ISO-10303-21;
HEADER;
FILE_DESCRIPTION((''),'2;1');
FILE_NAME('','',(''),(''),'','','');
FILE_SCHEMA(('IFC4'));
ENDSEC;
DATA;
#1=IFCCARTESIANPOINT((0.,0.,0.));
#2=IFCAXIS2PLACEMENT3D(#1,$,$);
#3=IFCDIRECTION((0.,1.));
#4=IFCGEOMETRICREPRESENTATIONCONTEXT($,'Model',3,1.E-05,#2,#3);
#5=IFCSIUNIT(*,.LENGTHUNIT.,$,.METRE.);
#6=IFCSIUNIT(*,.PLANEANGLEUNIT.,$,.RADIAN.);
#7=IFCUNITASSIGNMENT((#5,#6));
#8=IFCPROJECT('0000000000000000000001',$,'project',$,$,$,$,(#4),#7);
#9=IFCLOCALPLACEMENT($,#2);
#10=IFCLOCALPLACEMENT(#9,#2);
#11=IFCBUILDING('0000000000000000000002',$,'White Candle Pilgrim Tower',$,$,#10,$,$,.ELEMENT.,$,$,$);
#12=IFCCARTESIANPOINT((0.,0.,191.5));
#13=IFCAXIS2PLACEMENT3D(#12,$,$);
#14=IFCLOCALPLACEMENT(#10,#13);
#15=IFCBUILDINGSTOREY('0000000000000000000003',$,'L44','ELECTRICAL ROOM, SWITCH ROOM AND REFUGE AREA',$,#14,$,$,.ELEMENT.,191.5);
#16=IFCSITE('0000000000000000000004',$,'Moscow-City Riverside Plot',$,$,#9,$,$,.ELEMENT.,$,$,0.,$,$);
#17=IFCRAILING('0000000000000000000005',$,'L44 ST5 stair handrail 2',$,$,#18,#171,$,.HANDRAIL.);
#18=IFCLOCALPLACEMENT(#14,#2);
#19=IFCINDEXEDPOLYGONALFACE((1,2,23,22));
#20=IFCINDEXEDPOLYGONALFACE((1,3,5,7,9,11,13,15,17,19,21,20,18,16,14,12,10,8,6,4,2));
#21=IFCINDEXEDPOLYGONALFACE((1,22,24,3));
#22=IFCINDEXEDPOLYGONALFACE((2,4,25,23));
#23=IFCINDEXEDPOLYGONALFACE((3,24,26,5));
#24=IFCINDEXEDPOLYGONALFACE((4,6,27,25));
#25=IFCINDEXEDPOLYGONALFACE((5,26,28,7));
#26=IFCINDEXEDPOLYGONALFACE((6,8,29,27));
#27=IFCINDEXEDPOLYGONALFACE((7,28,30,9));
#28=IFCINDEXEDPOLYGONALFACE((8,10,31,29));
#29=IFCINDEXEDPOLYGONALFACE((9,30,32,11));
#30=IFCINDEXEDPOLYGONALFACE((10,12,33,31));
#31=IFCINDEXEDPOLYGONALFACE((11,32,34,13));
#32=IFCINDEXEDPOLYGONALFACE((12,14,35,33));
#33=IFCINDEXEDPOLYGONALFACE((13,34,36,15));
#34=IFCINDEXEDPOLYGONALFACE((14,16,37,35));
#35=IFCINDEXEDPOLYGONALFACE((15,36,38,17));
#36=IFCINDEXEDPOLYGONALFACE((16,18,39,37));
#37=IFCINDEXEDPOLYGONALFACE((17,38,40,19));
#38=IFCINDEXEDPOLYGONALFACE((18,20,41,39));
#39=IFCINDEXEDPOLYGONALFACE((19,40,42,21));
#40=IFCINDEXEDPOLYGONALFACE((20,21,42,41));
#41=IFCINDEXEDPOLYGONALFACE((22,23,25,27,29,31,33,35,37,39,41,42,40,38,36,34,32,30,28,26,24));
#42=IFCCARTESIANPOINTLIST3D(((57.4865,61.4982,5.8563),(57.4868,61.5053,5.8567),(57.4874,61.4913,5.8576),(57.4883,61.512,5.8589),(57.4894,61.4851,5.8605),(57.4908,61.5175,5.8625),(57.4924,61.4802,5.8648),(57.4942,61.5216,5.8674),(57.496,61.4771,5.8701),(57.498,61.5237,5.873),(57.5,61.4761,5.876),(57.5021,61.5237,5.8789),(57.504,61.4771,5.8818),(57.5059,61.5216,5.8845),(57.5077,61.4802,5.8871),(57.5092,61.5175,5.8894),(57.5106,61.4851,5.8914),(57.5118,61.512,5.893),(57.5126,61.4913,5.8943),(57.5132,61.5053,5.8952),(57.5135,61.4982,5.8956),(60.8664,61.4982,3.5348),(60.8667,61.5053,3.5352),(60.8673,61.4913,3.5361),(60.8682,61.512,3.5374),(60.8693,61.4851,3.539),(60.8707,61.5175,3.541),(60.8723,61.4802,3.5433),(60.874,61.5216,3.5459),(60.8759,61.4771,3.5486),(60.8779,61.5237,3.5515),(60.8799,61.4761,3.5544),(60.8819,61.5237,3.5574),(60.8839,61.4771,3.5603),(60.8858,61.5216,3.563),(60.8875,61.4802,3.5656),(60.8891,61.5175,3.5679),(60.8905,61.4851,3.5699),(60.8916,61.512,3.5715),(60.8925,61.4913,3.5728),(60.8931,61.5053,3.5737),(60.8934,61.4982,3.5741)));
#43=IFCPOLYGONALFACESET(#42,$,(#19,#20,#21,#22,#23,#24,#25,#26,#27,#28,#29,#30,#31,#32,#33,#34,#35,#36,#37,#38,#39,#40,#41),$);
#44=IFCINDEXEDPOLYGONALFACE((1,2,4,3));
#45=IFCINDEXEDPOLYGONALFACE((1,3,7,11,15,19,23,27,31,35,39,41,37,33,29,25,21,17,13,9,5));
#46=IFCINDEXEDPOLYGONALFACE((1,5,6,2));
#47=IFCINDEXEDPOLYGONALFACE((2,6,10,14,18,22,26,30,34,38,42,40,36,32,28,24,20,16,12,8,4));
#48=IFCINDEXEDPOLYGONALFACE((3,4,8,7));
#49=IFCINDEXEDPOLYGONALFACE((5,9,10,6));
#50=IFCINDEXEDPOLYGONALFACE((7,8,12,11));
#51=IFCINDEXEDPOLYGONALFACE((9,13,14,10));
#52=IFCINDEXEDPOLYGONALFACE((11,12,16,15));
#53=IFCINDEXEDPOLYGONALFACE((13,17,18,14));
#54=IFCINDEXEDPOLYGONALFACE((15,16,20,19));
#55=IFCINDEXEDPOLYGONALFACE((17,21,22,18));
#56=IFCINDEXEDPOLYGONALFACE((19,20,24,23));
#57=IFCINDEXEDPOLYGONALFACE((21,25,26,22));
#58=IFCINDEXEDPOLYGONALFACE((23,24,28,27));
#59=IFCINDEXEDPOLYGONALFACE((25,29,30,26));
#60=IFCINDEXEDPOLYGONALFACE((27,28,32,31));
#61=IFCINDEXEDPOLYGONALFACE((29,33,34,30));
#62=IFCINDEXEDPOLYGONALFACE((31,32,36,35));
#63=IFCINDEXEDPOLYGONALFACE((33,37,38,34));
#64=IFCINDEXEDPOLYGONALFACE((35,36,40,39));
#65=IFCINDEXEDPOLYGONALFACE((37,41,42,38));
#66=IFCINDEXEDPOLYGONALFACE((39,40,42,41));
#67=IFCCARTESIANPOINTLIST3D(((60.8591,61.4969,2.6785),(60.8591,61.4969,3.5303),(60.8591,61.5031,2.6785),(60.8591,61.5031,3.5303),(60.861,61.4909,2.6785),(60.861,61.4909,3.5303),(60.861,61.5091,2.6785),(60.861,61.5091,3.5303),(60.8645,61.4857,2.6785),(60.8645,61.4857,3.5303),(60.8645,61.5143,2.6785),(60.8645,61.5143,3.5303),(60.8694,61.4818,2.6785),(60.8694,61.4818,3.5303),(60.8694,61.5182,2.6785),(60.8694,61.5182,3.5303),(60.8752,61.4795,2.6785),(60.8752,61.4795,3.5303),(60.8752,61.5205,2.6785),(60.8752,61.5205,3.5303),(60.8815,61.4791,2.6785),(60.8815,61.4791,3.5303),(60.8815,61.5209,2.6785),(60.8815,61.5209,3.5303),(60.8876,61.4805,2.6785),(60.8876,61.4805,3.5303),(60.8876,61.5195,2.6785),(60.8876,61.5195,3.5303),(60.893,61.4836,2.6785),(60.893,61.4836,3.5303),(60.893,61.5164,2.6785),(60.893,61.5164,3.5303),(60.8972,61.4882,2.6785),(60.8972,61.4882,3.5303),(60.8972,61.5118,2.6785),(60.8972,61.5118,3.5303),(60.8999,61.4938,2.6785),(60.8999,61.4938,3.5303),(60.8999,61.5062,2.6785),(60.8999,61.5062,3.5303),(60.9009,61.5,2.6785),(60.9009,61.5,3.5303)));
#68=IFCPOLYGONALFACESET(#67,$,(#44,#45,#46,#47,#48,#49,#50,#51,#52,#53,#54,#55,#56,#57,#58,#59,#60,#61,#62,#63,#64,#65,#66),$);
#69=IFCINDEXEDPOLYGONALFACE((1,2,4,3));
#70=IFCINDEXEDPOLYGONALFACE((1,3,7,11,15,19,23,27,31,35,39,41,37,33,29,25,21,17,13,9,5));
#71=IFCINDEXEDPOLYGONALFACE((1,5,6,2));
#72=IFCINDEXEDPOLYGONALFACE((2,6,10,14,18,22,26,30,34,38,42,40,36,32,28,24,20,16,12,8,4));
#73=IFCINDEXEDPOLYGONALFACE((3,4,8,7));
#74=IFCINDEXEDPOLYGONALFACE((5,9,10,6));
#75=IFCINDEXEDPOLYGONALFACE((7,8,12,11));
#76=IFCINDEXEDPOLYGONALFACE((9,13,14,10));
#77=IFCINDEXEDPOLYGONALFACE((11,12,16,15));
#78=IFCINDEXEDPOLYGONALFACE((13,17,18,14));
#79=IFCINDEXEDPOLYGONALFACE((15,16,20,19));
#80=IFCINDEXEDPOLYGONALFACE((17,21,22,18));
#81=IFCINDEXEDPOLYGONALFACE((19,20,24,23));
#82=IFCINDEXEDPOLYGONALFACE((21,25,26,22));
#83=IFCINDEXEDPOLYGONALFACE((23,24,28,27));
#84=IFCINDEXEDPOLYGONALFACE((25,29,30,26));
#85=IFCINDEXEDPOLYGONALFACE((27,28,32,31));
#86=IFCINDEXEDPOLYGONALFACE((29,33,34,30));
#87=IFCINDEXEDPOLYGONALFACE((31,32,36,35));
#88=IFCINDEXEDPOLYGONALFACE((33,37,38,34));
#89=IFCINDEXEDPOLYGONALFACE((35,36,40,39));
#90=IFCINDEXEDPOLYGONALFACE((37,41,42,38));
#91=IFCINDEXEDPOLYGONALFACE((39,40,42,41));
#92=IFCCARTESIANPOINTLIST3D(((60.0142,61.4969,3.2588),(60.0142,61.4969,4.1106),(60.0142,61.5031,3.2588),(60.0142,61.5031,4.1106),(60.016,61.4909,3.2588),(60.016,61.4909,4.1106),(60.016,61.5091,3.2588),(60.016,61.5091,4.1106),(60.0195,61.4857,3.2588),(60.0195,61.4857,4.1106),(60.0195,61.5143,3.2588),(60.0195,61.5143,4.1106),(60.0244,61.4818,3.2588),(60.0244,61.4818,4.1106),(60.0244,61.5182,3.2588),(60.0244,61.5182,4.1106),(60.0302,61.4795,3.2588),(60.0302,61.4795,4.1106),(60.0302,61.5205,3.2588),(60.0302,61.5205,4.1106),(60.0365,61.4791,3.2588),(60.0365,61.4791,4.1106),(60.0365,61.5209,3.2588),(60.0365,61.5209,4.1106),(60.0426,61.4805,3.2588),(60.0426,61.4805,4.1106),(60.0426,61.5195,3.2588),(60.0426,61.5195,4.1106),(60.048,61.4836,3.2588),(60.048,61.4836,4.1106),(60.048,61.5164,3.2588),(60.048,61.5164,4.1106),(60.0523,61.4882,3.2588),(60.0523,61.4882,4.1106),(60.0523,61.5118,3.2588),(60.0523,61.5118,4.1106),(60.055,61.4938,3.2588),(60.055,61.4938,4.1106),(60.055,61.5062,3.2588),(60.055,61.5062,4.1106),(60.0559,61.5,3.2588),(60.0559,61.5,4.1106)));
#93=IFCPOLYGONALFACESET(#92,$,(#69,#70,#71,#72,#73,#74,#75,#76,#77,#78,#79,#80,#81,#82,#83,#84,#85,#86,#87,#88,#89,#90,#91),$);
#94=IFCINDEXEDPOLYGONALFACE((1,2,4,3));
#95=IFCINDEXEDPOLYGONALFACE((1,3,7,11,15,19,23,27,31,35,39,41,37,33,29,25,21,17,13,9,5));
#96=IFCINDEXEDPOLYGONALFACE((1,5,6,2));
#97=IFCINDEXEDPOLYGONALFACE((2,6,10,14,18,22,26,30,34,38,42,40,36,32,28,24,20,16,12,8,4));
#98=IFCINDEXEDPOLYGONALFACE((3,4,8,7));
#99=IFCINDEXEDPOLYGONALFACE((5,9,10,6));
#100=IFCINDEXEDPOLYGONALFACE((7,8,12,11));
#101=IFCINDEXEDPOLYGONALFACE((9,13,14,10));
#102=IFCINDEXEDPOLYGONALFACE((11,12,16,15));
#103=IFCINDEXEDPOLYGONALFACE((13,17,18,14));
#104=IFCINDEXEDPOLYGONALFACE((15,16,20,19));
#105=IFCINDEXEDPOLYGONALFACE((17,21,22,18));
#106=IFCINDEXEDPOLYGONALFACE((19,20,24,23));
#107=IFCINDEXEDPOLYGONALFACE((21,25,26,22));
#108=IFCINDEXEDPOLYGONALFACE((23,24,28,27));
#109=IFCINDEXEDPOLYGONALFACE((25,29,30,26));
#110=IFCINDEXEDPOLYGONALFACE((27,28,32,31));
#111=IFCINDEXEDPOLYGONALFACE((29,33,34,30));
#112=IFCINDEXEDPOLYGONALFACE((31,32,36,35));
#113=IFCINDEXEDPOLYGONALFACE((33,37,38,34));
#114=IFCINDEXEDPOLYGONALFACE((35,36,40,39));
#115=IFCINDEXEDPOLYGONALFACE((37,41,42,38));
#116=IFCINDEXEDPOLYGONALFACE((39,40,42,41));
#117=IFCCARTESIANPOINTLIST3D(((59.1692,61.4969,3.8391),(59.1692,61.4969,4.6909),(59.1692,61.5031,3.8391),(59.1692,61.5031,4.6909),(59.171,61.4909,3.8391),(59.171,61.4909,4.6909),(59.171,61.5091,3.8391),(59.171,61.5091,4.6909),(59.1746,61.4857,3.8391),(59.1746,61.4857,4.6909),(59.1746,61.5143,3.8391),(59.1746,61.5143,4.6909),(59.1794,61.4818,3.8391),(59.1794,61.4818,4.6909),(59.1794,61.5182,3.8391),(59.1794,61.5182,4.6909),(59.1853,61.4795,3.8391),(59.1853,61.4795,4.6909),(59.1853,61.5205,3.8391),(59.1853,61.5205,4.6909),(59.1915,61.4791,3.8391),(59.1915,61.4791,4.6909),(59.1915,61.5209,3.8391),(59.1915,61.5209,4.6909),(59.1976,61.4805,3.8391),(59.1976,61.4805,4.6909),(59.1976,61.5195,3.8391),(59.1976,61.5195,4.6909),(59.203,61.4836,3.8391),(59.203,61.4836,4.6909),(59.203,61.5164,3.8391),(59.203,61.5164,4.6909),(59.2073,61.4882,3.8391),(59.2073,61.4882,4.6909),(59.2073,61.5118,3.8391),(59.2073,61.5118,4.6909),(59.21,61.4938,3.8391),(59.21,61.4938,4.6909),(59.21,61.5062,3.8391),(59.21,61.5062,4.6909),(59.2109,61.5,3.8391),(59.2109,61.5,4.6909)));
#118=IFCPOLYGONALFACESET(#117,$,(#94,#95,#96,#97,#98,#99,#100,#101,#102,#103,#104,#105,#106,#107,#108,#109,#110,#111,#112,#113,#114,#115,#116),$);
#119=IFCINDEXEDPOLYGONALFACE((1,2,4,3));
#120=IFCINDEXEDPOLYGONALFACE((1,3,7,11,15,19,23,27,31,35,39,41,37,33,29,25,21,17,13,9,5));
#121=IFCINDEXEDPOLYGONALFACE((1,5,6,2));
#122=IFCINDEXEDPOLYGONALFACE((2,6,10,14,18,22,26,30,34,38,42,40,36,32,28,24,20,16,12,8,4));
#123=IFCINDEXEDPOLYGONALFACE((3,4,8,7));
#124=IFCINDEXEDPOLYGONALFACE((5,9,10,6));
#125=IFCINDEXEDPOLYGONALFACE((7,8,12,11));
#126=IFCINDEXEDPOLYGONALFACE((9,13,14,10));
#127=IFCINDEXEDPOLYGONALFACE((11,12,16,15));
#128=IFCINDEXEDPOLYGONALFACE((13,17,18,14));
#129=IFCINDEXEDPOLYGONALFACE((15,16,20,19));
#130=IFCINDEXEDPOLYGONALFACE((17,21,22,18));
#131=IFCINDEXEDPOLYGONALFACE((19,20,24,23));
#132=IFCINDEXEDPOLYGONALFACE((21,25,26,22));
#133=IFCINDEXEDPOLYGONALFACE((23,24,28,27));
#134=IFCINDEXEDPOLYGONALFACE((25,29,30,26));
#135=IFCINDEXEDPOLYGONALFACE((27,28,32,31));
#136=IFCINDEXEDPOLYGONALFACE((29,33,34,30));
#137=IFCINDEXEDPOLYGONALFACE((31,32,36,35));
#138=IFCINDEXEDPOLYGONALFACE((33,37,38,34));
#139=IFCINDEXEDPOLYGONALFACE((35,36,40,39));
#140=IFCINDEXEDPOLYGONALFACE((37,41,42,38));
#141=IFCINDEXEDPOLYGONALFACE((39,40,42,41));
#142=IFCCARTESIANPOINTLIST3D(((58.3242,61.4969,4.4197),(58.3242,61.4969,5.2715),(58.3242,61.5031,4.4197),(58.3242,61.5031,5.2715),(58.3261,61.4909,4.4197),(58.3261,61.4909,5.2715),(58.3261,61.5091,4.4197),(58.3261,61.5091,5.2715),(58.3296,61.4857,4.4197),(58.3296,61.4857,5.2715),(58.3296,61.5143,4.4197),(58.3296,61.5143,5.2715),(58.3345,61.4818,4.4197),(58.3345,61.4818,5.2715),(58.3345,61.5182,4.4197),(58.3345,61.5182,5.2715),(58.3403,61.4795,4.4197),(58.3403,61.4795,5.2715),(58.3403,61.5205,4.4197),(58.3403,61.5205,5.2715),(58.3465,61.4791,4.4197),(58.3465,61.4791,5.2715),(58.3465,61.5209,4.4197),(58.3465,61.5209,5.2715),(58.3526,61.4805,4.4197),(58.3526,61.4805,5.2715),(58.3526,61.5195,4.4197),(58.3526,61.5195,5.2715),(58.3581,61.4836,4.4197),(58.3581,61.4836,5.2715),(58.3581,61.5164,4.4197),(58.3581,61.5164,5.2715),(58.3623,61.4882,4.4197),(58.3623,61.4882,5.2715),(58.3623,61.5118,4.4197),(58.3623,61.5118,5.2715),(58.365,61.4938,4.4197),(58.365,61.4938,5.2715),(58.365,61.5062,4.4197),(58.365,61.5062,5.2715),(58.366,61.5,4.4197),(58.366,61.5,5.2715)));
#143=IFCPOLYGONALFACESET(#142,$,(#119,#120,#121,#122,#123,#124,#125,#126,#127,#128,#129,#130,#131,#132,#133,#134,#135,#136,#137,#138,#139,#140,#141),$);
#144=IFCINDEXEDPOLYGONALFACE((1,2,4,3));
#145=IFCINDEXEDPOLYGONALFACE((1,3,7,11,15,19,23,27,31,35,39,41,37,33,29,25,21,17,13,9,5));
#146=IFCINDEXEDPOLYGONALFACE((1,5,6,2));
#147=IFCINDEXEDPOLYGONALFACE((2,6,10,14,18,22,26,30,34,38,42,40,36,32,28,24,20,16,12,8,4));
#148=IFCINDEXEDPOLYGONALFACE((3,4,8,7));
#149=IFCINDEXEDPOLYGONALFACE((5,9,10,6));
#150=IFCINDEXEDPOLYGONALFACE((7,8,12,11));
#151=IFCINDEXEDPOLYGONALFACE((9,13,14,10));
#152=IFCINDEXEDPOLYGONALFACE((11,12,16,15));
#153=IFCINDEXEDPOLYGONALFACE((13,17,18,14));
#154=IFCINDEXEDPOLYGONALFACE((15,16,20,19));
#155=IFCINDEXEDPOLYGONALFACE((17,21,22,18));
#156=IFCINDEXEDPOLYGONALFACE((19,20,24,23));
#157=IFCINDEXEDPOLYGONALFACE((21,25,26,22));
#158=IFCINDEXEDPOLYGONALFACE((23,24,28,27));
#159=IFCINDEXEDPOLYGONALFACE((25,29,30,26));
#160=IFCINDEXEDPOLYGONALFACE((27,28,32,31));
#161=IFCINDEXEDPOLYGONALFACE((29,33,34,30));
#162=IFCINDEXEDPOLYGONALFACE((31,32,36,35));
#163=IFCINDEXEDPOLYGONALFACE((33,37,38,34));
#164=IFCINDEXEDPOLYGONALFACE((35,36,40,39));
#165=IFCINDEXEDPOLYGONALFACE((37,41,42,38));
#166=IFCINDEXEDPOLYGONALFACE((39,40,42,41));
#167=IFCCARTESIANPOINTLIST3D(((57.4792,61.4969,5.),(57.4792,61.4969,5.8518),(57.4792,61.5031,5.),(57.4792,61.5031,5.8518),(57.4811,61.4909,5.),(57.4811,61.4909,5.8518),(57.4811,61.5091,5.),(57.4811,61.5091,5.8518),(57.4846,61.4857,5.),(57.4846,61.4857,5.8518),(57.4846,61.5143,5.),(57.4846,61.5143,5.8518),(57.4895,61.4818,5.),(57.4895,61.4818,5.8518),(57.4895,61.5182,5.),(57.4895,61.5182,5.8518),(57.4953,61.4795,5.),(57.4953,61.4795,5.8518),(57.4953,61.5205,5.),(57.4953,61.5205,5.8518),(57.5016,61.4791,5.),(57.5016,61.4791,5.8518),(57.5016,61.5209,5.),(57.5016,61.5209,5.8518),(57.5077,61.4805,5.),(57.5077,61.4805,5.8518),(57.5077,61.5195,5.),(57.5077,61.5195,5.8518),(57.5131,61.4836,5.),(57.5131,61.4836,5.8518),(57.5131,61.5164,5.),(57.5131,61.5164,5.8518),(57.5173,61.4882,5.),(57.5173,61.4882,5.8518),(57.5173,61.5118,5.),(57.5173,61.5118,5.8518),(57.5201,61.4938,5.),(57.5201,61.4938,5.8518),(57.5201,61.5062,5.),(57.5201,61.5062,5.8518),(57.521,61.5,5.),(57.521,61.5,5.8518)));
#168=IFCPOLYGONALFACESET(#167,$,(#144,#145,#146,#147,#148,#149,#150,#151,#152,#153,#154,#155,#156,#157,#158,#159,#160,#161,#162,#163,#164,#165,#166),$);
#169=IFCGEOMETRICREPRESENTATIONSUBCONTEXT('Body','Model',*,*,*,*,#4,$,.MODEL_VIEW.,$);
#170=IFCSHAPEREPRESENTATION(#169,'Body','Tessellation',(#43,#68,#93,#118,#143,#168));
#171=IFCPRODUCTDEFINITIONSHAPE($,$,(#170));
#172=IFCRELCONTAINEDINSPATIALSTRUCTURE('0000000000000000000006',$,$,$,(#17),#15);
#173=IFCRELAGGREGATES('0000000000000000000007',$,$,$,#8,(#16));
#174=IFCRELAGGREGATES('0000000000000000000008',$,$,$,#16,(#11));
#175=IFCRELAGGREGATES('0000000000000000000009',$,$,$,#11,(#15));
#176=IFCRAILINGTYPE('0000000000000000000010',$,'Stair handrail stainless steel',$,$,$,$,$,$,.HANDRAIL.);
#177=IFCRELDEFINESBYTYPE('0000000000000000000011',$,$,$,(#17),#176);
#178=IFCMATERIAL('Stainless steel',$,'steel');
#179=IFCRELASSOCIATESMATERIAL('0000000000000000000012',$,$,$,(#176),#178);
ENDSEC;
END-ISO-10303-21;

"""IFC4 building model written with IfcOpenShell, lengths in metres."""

from ifc_helpers import new_model, si_unit, direction, frame, origin, origin_2d, place, context, subcontext, project, spatial, circle, extrude, material, type_object, element, save


model = new_model("IFC4")

# Units and contexts
model_context = context("Model", 3, precision=1e-05, world=origin(), true_north=direction((0.0, 1.0)))
body_context = subcontext(model_context, "Body", "Model", "MODEL_VIEW")
ifc_project = project(units=[si_unit("LENGTHUNIT", "METRE"), si_unit("PLANEANGLEUNIT", "RADIAN")], contexts=[model_context])

# Site, building, storey
site_placement = place(None, origin())
site = spatial("IfcSite", under=ifc_project, at=site_placement, Name="Moscow-City Riverside Plot", CompositionType="ELEMENT", RefElevation=0.0)
building_placement = place(site_placement, origin())
building = spatial("IfcBuilding", under=site, at=building_placement, Name="White Candle Pilgrim Tower", CompositionType="ELEMENT")
storey_placement = place(building_placement, frame((0.0, 0.0, 191.5)))
storey = spatial("IfcBuildingStorey", under=building, at=storey_placement, Name="L44", Description="ELECTRICAL ROOM, SWITCH ROOM AND REFUGE AREA", CompositionType="ELEMENT", Elevation=191.5)

# Railing
ifc_material_1 = material(Name="Stainless steel", Category="steel")
railing_type_1 = type_object("IfcRailingType", Name="Stair handrail stainless steel", PredefinedType="HANDRAIL", material=ifc_material_1)
railing_1_placement = place(storey_placement, frame((60.8799, 61.5, 2.6785)))
element("IfcRailing", 1, at=railing_1_placement, inside=storey, type_object=railing_type_1, Name="L44 ST5 stair handrail 2", PredefinedType="HANDRAIL", context=body_context, shape_type="SweptSolid", body=[
    extrude(circle(Radius=0.0239, at=origin_2d()), frame((0.0, 0.0, 0.876), z_axis=(-0.824285, 0.0, 0.566175), x_axis=(0.0, -1.0, 0.0)), (0.0, 0.0, 1.0), 4.1003),
    extrude(circle(Radius=0.021, at=origin_2d()), origin(), (0.0, 0.0, 1.0), 0.8518),
    extrude(circle(Radius=0.021, at=origin_2d()), frame((-0.845, 0.0, 0.5803)), (0.0, 0.0, 1.0), 0.8518),
    extrude(circle(Radius=0.021, at=origin_2d()), frame((-1.6899, 0.0, 1.1606)), (0.0, 0.0, 1.0), 0.8518),
    extrude(circle(Radius=0.021, at=origin_2d()), frame((-2.5349, 0.0, 1.7412)), (0.0, 0.0, 1.0), 0.8518),
    extrude(circle(Radius=0.021, at=origin_2d()), frame((-3.3799, 0.0, 2.3215)), (0.0, 0.0, 1.0), 0.8518),
])

save(model, "model.ifc")
